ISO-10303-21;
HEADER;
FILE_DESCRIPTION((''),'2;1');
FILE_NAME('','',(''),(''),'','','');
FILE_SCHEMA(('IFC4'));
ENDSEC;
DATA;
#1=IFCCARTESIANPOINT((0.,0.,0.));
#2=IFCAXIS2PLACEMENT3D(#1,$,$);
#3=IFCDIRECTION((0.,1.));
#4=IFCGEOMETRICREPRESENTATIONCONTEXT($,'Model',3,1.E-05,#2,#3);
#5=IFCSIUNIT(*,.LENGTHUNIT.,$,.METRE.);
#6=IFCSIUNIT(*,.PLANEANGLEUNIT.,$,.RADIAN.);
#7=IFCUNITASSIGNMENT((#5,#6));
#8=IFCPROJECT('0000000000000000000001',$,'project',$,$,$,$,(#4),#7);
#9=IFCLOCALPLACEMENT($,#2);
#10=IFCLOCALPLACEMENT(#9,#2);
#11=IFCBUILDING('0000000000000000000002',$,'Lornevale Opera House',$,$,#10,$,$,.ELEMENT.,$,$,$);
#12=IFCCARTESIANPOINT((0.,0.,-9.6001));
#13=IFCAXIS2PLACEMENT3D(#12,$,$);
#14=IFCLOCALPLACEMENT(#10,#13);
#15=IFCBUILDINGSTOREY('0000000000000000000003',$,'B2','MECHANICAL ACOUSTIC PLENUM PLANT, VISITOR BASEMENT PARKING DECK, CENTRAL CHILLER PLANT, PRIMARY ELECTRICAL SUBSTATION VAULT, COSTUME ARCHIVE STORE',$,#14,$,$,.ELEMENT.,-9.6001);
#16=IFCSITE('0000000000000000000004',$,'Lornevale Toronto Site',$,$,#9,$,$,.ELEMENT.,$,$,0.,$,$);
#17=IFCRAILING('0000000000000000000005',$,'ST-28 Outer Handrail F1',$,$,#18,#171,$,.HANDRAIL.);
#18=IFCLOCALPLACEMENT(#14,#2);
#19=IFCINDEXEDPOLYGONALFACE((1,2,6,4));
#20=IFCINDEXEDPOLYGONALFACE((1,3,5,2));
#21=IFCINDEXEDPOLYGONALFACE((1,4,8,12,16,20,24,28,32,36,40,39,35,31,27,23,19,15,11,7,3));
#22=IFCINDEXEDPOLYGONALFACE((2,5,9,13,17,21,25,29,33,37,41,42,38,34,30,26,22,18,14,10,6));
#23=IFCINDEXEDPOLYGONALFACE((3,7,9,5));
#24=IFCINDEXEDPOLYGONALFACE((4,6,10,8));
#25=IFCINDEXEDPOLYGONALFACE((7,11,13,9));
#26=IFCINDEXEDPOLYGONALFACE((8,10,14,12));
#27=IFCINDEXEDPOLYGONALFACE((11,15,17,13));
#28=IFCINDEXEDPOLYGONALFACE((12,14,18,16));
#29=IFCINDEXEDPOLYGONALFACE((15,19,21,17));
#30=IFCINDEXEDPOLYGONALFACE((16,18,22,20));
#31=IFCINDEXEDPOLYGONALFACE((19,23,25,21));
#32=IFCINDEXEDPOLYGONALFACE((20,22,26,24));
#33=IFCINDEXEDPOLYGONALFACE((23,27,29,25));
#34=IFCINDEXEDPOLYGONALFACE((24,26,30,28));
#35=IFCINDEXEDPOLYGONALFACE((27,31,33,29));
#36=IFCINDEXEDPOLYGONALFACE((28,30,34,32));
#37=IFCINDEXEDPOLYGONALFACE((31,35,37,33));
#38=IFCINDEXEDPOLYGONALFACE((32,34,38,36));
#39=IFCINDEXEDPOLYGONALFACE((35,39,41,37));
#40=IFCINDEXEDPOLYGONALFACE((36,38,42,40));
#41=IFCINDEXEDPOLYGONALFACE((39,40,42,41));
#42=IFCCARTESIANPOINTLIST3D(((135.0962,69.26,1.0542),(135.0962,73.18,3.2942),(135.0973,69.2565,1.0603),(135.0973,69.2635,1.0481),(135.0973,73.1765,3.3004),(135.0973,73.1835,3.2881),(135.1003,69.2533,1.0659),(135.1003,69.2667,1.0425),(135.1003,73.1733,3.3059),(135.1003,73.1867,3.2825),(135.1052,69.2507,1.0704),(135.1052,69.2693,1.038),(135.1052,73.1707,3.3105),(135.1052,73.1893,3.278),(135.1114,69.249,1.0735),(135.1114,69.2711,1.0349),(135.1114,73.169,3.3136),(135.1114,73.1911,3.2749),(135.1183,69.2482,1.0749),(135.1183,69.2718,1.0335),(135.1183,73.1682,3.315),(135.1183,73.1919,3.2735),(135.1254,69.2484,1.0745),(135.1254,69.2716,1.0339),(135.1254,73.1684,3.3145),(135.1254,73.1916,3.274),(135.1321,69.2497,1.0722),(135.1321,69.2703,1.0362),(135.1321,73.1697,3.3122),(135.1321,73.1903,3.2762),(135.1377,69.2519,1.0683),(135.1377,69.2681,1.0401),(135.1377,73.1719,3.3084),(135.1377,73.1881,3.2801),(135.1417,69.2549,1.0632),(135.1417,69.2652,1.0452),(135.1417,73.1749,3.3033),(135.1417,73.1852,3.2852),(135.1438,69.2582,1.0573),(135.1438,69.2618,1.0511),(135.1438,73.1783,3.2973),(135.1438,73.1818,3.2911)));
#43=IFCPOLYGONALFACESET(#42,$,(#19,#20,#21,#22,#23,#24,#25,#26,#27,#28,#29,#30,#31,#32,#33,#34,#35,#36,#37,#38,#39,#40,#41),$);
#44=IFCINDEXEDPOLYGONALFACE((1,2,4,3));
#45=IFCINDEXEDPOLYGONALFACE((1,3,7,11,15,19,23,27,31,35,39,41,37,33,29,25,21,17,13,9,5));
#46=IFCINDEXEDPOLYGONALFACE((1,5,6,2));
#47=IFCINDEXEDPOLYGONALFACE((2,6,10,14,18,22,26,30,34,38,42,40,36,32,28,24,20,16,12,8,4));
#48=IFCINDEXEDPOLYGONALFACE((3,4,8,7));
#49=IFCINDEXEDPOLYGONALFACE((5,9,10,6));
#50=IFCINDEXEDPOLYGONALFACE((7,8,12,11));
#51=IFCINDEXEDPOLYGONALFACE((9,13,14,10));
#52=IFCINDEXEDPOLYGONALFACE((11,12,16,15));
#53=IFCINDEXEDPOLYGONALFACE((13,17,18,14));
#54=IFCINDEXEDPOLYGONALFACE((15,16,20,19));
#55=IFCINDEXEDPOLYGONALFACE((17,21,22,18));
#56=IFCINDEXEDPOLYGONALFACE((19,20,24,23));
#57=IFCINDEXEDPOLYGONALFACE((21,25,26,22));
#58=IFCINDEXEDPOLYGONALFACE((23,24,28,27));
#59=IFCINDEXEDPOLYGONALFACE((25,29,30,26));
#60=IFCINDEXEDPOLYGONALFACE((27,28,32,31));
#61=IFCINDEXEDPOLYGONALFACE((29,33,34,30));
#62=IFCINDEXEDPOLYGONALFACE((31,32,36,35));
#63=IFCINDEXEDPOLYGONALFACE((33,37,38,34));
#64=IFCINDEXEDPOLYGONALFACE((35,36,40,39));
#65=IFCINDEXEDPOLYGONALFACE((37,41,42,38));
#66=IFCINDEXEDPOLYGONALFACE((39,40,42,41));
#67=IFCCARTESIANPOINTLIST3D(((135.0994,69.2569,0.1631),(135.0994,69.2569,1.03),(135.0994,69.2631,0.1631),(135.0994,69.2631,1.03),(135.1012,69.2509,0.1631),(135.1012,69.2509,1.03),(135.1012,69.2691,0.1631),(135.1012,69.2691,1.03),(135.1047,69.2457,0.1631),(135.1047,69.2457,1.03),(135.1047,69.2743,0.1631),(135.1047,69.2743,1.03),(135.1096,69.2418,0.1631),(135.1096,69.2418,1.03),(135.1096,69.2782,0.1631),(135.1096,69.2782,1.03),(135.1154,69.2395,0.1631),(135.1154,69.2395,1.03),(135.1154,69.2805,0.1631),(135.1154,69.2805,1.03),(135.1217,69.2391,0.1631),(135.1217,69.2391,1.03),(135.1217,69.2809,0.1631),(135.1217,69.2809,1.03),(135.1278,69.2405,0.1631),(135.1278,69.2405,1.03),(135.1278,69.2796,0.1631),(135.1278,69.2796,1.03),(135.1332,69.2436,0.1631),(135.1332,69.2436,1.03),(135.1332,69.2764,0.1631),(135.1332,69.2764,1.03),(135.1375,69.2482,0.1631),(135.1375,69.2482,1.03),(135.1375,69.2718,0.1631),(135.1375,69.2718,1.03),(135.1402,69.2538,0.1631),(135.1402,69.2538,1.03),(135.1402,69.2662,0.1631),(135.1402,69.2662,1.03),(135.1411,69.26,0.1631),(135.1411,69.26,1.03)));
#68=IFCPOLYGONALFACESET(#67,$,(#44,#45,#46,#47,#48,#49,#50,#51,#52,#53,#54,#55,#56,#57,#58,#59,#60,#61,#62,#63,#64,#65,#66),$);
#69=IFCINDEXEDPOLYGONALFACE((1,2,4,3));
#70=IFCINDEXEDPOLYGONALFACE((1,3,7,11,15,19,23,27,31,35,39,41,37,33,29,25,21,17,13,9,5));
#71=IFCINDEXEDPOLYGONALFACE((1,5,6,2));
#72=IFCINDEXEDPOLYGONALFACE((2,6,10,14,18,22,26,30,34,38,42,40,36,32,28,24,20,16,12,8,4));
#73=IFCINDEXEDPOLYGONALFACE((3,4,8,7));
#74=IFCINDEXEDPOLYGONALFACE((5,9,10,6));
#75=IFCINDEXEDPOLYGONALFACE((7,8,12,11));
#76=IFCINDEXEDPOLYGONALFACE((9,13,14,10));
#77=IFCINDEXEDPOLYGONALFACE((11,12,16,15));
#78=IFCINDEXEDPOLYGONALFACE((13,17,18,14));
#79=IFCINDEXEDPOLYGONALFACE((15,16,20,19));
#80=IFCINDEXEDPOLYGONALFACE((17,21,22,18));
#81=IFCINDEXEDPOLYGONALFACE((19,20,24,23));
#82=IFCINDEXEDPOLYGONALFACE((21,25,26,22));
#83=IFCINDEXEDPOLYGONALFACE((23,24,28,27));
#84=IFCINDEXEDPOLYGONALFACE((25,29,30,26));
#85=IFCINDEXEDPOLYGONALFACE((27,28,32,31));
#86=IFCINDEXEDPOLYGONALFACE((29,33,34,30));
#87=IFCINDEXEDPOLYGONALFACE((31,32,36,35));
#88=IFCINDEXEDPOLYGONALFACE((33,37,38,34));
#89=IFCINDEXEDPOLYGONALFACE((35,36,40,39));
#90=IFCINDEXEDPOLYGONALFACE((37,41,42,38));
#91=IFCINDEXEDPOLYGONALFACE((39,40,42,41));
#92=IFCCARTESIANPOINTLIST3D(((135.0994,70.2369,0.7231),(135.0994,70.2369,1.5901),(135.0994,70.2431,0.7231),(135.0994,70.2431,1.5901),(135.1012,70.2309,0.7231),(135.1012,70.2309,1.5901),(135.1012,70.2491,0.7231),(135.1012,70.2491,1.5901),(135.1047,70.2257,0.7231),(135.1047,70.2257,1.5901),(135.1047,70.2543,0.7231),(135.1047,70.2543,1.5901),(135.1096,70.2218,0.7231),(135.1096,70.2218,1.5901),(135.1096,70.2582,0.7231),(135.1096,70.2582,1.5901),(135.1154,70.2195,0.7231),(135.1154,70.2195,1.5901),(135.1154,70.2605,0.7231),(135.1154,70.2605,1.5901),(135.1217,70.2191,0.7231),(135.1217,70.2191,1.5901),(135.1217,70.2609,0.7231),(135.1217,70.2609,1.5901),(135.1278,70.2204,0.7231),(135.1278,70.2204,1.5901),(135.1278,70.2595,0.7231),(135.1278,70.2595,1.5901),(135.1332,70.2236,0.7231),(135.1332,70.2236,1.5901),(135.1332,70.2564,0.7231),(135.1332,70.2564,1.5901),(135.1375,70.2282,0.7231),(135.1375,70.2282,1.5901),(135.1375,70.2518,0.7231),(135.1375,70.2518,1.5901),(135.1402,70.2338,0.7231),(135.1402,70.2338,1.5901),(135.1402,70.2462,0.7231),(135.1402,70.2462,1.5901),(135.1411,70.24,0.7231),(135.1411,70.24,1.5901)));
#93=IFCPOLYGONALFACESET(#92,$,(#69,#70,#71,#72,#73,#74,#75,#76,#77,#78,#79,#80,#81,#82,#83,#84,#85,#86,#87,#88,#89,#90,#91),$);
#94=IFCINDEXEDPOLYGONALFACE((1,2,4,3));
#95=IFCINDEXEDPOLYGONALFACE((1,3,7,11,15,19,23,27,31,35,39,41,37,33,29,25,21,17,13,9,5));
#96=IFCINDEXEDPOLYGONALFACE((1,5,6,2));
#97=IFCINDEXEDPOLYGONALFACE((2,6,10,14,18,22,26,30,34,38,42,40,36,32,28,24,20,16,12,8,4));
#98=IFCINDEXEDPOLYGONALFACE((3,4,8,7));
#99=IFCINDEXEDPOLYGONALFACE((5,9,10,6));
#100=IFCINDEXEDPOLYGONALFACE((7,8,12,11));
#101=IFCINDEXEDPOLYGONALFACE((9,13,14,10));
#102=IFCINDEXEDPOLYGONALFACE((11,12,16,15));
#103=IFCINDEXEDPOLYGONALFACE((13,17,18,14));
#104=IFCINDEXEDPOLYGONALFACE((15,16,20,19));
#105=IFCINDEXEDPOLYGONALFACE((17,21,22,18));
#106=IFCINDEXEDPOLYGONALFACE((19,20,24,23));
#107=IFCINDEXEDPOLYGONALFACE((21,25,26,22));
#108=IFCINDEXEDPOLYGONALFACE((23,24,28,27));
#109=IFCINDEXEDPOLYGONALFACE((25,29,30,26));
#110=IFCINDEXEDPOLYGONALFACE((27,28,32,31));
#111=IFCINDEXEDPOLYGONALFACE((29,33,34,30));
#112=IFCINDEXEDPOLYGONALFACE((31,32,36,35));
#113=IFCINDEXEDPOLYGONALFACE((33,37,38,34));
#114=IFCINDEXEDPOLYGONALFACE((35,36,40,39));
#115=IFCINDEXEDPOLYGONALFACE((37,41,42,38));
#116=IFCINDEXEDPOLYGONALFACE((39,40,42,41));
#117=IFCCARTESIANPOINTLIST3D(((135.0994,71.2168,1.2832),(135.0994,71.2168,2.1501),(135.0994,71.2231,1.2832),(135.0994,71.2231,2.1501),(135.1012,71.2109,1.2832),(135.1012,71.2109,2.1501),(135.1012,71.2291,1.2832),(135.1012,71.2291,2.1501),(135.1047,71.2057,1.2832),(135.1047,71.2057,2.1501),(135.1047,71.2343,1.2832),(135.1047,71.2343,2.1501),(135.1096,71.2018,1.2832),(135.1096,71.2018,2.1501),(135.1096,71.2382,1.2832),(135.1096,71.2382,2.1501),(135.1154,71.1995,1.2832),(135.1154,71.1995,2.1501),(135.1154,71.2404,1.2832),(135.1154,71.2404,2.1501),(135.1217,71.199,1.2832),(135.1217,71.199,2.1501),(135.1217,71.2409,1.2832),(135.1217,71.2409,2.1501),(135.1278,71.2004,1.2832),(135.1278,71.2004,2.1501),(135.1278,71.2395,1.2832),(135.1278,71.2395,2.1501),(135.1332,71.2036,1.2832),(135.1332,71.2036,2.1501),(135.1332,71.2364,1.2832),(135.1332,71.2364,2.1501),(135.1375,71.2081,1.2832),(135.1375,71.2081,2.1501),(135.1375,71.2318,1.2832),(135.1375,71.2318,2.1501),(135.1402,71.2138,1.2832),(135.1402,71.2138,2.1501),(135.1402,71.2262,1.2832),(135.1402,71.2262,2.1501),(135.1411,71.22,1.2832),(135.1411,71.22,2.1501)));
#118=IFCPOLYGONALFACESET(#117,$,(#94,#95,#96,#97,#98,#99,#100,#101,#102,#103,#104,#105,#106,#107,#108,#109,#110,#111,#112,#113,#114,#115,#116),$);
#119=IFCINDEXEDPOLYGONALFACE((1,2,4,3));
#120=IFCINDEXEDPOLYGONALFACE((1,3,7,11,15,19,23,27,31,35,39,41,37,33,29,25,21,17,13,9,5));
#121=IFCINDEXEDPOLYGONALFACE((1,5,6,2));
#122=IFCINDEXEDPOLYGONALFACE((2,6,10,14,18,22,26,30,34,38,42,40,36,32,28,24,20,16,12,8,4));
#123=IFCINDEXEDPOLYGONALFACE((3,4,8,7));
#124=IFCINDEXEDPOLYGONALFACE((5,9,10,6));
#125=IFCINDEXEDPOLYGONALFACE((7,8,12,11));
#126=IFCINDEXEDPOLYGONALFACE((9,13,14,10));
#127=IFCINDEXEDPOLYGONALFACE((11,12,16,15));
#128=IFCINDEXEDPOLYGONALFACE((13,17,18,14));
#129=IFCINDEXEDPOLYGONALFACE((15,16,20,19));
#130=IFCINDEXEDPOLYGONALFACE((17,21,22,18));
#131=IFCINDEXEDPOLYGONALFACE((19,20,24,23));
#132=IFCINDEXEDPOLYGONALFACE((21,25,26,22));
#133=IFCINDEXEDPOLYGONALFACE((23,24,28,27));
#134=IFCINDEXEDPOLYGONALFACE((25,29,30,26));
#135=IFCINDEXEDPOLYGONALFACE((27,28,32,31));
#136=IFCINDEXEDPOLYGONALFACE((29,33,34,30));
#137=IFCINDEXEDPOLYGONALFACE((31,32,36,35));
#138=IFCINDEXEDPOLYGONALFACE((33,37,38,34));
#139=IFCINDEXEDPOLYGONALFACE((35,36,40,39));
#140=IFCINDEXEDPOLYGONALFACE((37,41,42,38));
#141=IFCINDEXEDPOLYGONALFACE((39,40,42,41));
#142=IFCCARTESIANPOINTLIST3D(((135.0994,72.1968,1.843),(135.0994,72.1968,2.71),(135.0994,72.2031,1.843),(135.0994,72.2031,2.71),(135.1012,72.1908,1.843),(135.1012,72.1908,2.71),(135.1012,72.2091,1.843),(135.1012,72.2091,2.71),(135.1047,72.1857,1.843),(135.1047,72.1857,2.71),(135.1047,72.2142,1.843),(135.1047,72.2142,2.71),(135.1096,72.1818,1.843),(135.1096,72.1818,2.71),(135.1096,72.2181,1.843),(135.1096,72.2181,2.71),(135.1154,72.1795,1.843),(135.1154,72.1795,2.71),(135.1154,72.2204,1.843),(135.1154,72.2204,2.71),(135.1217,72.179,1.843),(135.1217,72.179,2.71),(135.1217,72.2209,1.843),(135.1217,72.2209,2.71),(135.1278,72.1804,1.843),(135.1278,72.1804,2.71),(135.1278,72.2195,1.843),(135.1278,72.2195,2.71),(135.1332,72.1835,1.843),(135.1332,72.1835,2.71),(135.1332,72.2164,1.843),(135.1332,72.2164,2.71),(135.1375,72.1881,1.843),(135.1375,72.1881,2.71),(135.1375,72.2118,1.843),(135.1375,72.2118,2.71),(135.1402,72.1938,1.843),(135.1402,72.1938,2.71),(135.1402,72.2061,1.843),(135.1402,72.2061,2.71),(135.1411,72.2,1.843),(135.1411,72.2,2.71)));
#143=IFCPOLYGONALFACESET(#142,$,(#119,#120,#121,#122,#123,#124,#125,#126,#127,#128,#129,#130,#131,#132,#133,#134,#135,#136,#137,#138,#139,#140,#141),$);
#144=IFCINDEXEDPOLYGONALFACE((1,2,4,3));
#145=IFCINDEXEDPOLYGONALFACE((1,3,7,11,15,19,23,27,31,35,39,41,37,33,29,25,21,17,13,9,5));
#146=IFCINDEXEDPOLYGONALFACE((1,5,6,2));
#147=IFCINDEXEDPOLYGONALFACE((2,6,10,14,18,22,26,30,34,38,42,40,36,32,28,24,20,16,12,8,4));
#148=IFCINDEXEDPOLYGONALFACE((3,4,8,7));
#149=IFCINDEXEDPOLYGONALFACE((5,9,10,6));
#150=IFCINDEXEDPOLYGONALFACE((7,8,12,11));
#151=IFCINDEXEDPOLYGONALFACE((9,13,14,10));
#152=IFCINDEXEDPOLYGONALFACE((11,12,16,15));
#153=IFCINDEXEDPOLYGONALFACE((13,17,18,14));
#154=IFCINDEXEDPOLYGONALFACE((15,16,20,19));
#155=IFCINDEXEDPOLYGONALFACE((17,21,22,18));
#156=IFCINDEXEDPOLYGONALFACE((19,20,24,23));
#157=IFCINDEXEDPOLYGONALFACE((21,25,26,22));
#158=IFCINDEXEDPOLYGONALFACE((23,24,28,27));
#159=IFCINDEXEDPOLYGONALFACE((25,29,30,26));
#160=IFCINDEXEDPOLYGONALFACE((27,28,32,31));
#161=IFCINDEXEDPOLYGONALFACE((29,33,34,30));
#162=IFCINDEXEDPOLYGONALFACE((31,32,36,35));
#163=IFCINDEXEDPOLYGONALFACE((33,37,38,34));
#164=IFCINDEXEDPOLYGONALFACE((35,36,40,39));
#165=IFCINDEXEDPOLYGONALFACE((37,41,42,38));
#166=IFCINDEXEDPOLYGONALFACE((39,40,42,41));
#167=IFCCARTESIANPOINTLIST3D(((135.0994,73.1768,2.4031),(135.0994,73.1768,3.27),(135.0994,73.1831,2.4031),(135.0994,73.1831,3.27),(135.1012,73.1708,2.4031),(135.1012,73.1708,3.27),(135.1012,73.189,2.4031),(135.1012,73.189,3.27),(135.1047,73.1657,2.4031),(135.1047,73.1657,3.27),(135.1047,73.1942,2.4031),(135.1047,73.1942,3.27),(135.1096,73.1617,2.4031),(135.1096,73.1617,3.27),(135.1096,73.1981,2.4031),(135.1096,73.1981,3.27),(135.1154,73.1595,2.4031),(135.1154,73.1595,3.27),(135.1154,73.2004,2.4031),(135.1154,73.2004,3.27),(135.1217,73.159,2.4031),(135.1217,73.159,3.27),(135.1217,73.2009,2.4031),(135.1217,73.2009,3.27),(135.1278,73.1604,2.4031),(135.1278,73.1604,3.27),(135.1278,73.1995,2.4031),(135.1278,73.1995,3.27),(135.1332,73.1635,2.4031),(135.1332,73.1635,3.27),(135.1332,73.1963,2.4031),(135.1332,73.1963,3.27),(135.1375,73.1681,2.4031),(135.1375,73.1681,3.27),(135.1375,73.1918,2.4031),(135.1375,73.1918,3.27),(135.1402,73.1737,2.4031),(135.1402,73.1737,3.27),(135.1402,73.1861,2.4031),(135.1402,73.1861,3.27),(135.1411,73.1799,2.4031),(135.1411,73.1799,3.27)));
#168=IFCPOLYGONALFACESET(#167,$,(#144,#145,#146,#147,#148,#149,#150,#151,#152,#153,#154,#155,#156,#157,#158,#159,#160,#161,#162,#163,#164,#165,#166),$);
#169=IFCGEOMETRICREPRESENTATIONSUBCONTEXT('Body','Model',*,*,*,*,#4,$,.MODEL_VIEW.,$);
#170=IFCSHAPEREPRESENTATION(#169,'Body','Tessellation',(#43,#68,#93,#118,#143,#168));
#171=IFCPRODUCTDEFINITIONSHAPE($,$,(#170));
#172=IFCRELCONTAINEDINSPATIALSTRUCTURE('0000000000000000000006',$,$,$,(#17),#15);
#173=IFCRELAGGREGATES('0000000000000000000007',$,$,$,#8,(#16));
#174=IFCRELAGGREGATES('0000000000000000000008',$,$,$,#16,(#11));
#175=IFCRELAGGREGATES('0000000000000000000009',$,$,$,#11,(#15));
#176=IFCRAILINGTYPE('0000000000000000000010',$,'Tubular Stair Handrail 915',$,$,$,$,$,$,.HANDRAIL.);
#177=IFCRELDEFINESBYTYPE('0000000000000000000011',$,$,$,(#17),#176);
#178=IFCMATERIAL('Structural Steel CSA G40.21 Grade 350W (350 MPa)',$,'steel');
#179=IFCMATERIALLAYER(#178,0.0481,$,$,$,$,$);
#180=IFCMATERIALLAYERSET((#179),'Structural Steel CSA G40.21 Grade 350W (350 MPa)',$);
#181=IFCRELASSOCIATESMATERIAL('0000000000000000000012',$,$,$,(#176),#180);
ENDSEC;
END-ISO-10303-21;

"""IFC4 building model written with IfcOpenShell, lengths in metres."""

from ifc_helpers import new_model, si_unit, direction, frame, origin, origin_2d, place, context, subcontext, project, spatial, circle, extrude, material, layer, layer_set, type_object, element, save


model = new_model("IFC4")

# Units and contexts
model_context = context("Model", 3, precision=1e-05, world=origin(), true_north=direction((0.0, 1.0)))
body_context = subcontext(model_context, "Body", "Model", "MODEL_VIEW")
ifc_project = project(units=[si_unit("LENGTHUNIT", "METRE"), si_unit("PLANEANGLEUNIT", "RADIAN")], contexts=[model_context])

# Site, building, storey
site_placement = place(None, origin())
site = spatial("IfcSite", under=ifc_project, at=site_placement, Name="Lornevale Toronto Site", CompositionType="ELEMENT", RefElevation=0.0)
building_placement = place(site_placement, origin())
building = spatial("IfcBuilding", under=site, at=building_placement, Name="Lornevale Opera House", CompositionType="ELEMENT")
storey_placement = place(building_placement, frame((0.0, 0.0, -9.6001)))
storey = spatial("IfcBuildingStorey", under=building, at=storey_placement, Name="B2", Description="MECHANICAL ACOUSTIC PLENUM PLANT, VISITOR BASEMENT PARKING DECK, CENTRAL CHILLER PLANT, PRIMARY ELECTRICAL SUBSTATION VAULT, COSTUME ARCHIVE STORE", CompositionType="ELEMENT", Elevation=-9.6001)

# Railing
ifc_material_1 = material(Name="Structural Steel CSA G40.21 Grade 350W (350 MPa)", Category="steel")
ifc_layer_1 = layer(ifc_material_1, 0.0481)
ifc_layer_set_1 = layer_set([ifc_layer_1], Name="Structural Steel CSA G40.21 Grade 350W (350 MPa)")
railing_type_1 = type_object("IfcRailingType", Name="Tubular Stair Handrail 915", PredefinedType="HANDRAIL", material=ifc_layer_set_1)
railing_1_placement = place(storey_placement, frame((135.1201, 69.26, 0.1631)))
element("IfcRailing", 1, at=railing_1_placement, inside=storey, type_object=railing_type_1, Name="ST-28 Outer Handrail F1", PredefinedType="HANDRAIL", context=body_context, shape_type="SweptSolid", body=[
    extrude(circle(Radius=0.0239, at=origin_2d()), frame((0.0, 0.0, 0.8911), z_axis=(0.0, 0.86824, 0.496145), x_axis=(-1.0, 0.0, 0.0)), (0.0, 0.0, 1.0), 4.5149),
    extrude(circle(Radius=0.021, at=origin_2d()), origin(), (0.0, 0.0, 1.0), 0.8669),
    extrude(circle(Radius=0.021, at=origin_2d()), frame((0.0, 0.98, 0.5601)), (0.0, 0.0, 1.0), 0.8669),
    extrude(circle(Radius=0.021, at=origin_2d()), frame((0.0, 1.96, 1.1201)), (0.0, 0.0, 1.0), 0.8669),
    extrude(circle(Radius=0.021, at=origin_2d()), frame((0.0, 2.9399, 1.6799)), (0.0, 0.0, 1.0), 0.8669),
    extrude(circle(Radius=0.021, at=origin_2d()), frame((0.0, 3.9199, 2.24)), (0.0, 0.0, 1.0), 0.8669),
])

save(model, "model.ifc")
